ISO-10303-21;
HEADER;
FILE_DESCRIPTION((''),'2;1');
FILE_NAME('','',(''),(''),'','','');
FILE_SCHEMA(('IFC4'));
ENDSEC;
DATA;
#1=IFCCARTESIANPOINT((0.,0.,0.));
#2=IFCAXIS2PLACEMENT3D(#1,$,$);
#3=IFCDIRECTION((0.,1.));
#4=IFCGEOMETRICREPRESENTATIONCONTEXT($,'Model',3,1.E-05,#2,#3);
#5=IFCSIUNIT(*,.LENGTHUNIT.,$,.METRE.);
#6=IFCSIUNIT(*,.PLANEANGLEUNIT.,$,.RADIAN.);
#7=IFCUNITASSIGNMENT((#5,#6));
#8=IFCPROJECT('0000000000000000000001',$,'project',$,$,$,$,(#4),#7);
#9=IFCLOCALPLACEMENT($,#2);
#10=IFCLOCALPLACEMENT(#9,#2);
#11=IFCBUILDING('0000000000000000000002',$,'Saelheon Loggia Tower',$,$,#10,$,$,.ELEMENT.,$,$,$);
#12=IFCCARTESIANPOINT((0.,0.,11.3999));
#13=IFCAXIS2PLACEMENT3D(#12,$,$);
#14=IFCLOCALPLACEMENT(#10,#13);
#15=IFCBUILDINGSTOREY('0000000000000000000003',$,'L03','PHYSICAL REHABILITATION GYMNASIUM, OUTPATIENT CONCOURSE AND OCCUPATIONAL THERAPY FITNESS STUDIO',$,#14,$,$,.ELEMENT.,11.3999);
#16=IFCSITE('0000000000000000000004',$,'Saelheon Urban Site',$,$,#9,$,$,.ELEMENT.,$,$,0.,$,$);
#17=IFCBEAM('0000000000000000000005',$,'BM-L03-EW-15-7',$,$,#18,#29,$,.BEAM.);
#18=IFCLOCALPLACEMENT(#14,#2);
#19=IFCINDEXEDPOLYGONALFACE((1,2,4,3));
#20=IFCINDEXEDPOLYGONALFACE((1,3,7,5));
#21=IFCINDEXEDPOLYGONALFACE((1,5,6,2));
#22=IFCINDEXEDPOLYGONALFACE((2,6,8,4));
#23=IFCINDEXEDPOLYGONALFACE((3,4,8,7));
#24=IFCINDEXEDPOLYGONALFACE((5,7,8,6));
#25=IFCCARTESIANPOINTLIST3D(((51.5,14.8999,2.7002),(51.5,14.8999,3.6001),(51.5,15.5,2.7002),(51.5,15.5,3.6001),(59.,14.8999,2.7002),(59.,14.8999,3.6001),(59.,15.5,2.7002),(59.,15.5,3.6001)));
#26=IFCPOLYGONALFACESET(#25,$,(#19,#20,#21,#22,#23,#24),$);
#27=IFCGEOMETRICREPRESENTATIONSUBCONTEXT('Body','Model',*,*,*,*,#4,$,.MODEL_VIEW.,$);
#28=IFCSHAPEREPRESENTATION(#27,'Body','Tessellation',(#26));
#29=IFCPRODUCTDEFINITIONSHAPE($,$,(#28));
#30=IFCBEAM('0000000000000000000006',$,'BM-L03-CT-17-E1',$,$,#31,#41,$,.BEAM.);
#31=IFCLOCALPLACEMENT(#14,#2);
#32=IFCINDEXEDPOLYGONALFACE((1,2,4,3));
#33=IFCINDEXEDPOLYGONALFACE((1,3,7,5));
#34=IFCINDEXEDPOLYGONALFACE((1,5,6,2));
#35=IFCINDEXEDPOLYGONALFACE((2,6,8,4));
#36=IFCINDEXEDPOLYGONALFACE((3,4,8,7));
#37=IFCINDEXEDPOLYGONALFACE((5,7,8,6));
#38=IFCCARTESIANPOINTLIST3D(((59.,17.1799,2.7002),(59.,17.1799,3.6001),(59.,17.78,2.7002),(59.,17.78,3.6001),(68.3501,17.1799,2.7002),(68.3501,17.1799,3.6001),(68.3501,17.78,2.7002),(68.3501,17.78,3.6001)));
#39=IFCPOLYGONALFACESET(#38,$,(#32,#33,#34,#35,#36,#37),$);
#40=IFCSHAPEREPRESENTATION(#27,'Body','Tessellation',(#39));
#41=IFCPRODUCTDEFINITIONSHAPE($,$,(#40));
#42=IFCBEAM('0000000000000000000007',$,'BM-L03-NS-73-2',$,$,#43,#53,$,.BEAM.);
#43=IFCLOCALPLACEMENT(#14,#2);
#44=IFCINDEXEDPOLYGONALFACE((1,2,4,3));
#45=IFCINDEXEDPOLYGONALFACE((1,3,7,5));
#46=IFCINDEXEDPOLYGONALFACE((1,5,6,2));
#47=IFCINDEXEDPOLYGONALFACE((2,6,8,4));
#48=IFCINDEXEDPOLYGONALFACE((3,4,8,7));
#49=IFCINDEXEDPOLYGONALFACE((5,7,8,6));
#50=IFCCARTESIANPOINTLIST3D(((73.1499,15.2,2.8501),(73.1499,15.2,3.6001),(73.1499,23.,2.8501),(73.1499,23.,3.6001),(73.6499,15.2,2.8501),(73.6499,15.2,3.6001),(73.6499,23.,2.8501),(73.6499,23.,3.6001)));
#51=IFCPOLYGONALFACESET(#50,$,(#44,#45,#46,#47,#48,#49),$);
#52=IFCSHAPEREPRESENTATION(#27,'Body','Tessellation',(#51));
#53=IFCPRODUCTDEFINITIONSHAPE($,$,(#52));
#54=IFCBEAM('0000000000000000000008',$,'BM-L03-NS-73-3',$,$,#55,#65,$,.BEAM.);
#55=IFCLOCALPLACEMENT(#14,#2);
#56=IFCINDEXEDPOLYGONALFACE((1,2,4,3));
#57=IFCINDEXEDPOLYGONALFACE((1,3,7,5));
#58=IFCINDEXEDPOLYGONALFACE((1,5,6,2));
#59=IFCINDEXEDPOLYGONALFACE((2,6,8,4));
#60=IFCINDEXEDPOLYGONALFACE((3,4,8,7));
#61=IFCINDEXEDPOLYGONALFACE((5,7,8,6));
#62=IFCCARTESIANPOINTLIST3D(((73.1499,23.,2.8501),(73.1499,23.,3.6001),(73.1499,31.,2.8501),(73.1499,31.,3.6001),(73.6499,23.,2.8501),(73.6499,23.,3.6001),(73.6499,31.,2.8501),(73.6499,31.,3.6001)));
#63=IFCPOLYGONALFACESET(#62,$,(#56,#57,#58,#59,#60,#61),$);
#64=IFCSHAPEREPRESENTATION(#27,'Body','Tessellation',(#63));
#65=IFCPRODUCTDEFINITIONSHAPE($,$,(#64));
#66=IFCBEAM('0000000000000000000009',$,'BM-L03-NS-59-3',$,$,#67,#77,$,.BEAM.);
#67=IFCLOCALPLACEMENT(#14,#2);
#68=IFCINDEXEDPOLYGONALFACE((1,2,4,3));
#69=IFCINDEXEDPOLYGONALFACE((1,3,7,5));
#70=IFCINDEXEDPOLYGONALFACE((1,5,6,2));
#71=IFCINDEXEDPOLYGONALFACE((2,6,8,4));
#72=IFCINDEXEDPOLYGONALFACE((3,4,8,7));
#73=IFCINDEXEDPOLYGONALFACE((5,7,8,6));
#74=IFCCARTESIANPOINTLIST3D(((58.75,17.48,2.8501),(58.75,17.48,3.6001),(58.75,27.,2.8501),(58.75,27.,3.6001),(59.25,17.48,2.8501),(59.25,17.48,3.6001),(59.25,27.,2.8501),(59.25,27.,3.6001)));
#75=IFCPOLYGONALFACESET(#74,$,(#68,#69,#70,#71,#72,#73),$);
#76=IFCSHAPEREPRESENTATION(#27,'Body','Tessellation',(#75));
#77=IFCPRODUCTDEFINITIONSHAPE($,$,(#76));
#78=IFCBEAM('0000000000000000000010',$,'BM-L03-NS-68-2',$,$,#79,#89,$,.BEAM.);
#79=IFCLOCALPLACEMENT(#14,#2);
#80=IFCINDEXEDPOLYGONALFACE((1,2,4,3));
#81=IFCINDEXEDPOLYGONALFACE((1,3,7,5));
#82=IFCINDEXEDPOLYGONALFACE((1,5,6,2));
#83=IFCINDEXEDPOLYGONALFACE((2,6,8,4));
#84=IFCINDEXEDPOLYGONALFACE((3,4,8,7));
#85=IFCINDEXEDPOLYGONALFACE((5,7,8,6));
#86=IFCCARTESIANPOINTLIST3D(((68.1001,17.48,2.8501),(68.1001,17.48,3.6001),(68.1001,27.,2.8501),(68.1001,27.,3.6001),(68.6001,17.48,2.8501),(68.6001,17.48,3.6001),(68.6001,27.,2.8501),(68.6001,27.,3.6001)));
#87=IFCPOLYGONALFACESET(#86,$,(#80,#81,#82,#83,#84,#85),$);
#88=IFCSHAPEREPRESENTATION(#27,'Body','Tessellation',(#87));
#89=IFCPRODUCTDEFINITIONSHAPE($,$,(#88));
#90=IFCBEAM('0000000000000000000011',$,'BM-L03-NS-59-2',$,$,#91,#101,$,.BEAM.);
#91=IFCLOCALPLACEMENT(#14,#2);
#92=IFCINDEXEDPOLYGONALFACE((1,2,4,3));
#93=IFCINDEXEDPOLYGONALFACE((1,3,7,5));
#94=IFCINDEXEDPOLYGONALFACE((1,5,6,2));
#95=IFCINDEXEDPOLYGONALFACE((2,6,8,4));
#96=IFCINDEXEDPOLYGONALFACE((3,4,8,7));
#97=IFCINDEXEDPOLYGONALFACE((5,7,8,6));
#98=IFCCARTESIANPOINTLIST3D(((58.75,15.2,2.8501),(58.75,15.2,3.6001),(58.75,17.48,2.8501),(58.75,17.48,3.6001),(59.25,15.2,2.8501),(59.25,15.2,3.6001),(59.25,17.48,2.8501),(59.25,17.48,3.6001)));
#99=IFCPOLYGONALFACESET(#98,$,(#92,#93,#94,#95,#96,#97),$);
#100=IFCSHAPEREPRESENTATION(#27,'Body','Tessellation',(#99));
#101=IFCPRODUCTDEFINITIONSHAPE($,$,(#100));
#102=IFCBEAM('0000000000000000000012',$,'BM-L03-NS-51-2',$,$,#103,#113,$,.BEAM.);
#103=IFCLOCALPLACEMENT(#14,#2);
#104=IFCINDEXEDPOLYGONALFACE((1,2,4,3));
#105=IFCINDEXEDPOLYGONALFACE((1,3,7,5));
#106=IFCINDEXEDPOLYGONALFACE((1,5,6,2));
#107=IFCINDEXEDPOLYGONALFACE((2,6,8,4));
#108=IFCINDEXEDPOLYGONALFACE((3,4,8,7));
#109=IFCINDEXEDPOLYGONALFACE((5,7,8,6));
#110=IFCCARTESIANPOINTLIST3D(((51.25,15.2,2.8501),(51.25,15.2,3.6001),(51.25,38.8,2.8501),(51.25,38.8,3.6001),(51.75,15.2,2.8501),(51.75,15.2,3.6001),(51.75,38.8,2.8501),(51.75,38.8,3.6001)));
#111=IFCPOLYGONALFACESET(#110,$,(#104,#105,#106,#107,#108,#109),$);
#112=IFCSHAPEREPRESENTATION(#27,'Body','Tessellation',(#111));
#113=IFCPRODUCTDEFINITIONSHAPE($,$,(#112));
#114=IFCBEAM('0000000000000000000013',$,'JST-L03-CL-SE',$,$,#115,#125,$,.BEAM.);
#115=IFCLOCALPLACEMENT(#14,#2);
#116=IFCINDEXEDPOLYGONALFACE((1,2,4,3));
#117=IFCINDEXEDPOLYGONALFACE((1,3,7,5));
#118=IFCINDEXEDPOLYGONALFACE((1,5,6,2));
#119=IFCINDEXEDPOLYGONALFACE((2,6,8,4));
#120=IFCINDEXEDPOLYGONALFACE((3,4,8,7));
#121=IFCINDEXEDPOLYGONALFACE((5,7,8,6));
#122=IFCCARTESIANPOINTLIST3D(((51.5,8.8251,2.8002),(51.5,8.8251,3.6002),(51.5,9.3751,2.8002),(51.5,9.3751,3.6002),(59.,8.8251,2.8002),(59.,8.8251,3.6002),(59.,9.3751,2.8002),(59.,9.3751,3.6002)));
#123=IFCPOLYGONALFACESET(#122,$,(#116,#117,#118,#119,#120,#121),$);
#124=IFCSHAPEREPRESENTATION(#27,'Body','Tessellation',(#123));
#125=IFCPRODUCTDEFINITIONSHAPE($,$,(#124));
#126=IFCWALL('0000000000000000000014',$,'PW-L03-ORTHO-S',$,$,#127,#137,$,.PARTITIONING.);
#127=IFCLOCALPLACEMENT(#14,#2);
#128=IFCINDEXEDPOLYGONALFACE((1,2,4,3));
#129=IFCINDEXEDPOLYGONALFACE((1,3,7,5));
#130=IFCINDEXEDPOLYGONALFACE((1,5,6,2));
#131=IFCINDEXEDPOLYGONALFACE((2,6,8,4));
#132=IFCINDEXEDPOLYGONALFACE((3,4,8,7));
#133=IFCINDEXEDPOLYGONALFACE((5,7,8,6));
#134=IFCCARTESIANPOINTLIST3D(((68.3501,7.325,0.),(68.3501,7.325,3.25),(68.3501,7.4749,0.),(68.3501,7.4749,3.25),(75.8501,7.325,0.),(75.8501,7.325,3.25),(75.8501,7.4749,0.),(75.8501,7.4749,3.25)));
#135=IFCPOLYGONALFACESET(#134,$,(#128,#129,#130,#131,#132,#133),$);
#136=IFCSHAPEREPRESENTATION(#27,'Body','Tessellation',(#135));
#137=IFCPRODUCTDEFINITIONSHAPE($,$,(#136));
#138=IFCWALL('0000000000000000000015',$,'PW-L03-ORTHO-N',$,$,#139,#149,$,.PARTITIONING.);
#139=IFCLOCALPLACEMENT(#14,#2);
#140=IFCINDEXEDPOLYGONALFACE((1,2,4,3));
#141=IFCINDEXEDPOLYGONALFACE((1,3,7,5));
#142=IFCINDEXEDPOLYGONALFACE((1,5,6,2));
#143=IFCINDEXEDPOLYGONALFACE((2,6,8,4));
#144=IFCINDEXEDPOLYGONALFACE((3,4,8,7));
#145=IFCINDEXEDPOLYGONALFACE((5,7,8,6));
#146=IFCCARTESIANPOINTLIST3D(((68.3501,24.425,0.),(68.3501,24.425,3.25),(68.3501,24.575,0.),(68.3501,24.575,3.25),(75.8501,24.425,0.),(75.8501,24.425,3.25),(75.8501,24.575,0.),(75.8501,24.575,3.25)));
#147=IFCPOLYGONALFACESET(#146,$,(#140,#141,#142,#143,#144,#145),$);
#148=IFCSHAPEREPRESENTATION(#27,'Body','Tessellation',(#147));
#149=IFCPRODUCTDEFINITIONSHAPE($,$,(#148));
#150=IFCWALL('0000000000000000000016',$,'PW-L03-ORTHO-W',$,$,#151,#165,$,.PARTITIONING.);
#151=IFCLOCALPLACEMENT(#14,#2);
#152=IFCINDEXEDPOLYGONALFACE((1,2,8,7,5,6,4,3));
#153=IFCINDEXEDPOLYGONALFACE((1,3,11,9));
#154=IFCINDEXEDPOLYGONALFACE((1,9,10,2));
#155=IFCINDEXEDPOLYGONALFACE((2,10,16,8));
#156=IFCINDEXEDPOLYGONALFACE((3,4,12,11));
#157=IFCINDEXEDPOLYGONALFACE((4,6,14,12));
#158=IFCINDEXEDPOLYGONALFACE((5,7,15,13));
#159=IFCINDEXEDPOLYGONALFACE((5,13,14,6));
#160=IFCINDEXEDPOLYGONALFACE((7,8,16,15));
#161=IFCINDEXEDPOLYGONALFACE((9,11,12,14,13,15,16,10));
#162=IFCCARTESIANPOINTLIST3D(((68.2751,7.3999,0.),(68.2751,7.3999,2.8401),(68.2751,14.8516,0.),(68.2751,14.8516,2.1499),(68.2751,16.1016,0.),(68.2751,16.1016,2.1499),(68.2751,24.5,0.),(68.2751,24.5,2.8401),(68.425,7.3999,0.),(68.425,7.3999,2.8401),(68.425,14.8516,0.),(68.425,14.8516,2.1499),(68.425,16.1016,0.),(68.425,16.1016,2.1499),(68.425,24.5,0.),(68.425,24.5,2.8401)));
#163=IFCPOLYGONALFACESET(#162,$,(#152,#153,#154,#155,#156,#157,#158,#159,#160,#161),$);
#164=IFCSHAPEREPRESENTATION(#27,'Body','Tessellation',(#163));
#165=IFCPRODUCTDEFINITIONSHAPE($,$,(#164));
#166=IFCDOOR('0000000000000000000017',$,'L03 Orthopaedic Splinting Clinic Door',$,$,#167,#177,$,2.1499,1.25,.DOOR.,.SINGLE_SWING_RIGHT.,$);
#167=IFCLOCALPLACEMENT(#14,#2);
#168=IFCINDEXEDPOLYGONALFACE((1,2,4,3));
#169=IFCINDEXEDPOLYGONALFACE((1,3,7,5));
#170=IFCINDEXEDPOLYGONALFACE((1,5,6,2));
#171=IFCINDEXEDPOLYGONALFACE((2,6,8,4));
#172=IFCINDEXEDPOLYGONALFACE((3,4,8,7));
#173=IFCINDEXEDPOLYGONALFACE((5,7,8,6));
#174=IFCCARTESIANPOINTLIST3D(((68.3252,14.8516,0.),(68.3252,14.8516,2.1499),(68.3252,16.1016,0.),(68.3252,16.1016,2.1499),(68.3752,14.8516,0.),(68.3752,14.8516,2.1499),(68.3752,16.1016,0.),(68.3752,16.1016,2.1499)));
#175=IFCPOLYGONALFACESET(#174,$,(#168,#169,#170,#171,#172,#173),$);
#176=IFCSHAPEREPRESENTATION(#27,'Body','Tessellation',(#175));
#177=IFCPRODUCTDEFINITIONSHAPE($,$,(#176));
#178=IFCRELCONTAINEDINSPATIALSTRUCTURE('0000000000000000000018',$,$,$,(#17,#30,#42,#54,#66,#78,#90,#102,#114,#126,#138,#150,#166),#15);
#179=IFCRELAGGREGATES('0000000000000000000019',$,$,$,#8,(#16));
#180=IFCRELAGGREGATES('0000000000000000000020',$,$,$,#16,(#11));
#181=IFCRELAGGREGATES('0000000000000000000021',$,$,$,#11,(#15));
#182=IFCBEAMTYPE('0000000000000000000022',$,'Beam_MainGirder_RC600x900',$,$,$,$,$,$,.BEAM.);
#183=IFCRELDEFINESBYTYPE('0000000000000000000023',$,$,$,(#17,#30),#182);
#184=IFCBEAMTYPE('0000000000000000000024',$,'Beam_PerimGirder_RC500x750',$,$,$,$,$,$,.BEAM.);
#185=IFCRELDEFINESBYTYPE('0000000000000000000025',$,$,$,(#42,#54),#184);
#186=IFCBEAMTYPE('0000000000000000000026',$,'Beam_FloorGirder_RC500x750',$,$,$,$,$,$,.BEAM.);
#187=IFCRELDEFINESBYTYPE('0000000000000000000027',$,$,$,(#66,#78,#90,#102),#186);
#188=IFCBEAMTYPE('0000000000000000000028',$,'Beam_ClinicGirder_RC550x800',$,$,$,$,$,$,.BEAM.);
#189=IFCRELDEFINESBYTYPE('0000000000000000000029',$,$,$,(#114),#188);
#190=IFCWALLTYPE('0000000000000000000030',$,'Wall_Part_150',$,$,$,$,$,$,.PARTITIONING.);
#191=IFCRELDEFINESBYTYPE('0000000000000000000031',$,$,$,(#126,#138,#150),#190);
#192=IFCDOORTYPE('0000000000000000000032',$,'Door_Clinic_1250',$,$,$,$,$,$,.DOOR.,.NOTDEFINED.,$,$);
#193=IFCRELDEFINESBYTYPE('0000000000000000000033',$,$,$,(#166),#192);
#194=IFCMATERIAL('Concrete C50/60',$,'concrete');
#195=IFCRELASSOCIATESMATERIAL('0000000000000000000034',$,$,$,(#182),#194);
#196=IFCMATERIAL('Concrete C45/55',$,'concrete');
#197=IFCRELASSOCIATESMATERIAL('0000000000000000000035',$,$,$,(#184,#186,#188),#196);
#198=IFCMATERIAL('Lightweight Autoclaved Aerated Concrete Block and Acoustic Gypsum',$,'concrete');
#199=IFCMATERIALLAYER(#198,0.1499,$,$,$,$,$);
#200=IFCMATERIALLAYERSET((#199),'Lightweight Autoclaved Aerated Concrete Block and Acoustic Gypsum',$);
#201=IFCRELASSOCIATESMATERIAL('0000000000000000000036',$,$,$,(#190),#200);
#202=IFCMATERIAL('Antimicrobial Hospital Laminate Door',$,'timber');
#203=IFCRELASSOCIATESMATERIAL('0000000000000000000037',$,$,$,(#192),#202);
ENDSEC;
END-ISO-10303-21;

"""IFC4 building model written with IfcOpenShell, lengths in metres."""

from ifc_helpers import new_model, si_unit, direction, frame, frame_2d, origin, origin_2d, place, context, subcontext, project, spatial, rectangle, extrude, source, transform, mapped, material, layer, layer_set, material_profile, profile_set, type_object, element, fill, save


model = new_model("IFC4")

# Units and contexts
model_context = context("Model", 3, precision=1e-05, world=origin(), true_north=direction((0.0, 1.0)))
body_context = subcontext(model_context, "Body", "Model", "MODEL_VIEW")
ifc_project = project(units=[si_unit("LENGTHUNIT", "METRE"), si_unit("PLANEANGLEUNIT", "RADIAN")], contexts=[model_context])

# Site, building, storey
site_placement = place(None, origin())
site = spatial("IfcSite", under=ifc_project, at=site_placement, Name="Saelheon Urban Site", CompositionType="ELEMENT", RefElevation=0.0)
building_placement = place(site_placement, origin())
building = spatial("IfcBuilding", under=site, at=building_placement, Name="Saelheon Loggia Tower", CompositionType="ELEMENT")
storey_placement = place(building_placement, frame((0.0, 0.0, 11.3999)))
storey = spatial("IfcBuildingStorey", under=building, at=storey_placement, Name="L03", Description="PHYSICAL REHABILITATION GYMNASIUM, OUTPATIENT CONCOURSE AND OCCUPATIONAL THERAPY FITNESS STUDIO", CompositionType="ELEMENT", Elevation=11.3999)

# Shared definitions
ifc_material_1 = material(Name="Concrete C50/60", Category="concrete")
ifc_material_2 = material(Name="Concrete C45/55", Category="concrete")

# Beams
ifc_material_profile_1 = material_profile(ifc_material_1, rectangle(XDim=0.6001, YDim=0.8999, at=origin_2d()), Name="RC-600x900")
ifc_profile_set_1 = profile_set([ifc_material_profile_1], Name="Concrete C50/60")
beam_type_1 = type_object("IfcBeamType", Name="Beam_MainGirder_RC600x900", PredefinedType="BEAM", material=ifc_profile_set_1)
shared_shape_1 = source(origin(), body_context, "Body", "SweptSolid", [
    extrude(rectangle(XDim=0.6001, YDim=0.8999, at=origin_2d()), origin(), (0.0, 0.0, 1.0), 7.5),
])
beam_1_placement = place(storey_placement, frame((51.5, 15.2, 3.1501), z_axis=(1.0, 0.0, 0.0), x_axis=(0.0, 1.0, 0.0)))
element("IfcBeam", 1, at=beam_1_placement, inside=storey, type_object=beam_type_1, Name="BM-L03-EW-15-7", PredefinedType="BEAM", context=body_context, shape_type="MappedRepresentation", body=[
    mapped(shared_shape_1, transform((0.0, 0.0, 0.0), scale=1.0)),
])
shared_shape_2 = source(origin(), body_context, "Body", "SweptSolid", [
    extrude(rectangle(XDim=0.6001, YDim=0.8999, at=origin_2d()), origin(), (0.0, 0.0, 1.0), 9.3501),
])
beam_2_placement = place(storey_placement, frame((59.0, 17.48, 3.1501), z_axis=(1.0, 0.0, 0.0), x_axis=(0.0, 1.0, 0.0)))
element("IfcBeam", 2, at=beam_2_placement, inside=storey, type_object=beam_type_1, Name="BM-L03-CT-17-E1", PredefinedType="BEAM", context=body_context, shape_type="MappedRepresentation", body=[
    mapped(shared_shape_2, transform((0.0, 0.0, 0.0), scale=1.0)),
])
ifc_material_profile_2 = material_profile(ifc_material_2, rectangle(XDim=0.5, YDim=0.75, at=origin_2d()), Name="RC-500x750")
ifc_profile_set_2 = profile_set([ifc_material_profile_2], Name="Concrete C45/55")
beam_type_2 = type_object("IfcBeamType", Name="Beam_PerimGirder_RC500x750", PredefinedType="BEAM", material=ifc_profile_set_2)
shared_shape_3 = source(origin(), body_context, "Body", "SweptSolid", [
    extrude(rectangle(XDim=0.5, YDim=0.75, at=origin_2d()), origin(), (0.0, 0.0, 1.0), 7.8),
])
beam_3_placement = place(storey_placement, frame((73.3999, 15.2, 3.2251), z_axis=(0.0, 1.0, 0.0), x_axis=(-1.0, 0.0, 0.0)))
element("IfcBeam", 3, at=beam_3_placement, inside=storey, type_object=beam_type_2, Name="BM-L03-NS-73-2", PredefinedType="BEAM", context=body_context, shape_type="MappedRepresentation", body=[
    mapped(shared_shape_3, transform((0.0, 0.0, 0.0), scale=1.0)),
])
shared_shape_4 = source(origin(), body_context, "Body", "SweptSolid", [
    extrude(rectangle(XDim=0.5, YDim=0.75, at=origin_2d()), origin(), (0.0, 0.0, 1.0), 8.0),
])
beam_4_placement = place(storey_placement, frame((73.3999, 23.0, 3.2251), z_axis=(0.0, 1.0, 0.0), x_axis=(-1.0, 0.0, 0.0)))
element("IfcBeam", 4, at=beam_4_placement, inside=storey, type_object=beam_type_2, Name="BM-L03-NS-73-3", PredefinedType="BEAM", context=body_context, shape_type="MappedRepresentation", body=[
    mapped(shared_shape_4, transform((0.0, 0.0, 0.0), scale=1.0)),
])
ifc_material_profile_3 = material_profile(ifc_material_2, rectangle(XDim=0.5, YDim=0.75, at=origin_2d()), Name="RC-500x750")
ifc_profile_set_3 = profile_set([ifc_material_profile_3], Name="Concrete C45/55")
beam_type_3 = type_object("IfcBeamType", Name="Beam_FloorGirder_RC500x750", PredefinedType="BEAM", material=ifc_profile_set_3)
shared_shape_5 = source(origin(), body_context, "Body", "SweptSolid", [
    extrude(rectangle(XDim=0.5, YDim=0.75, at=origin_2d()), origin(), (0.0, 0.0, 1.0), 9.52),
])
for number, where, z_axis, x_axis, name in (
    (5, (59.0, 17.48, 3.2251), (0.0, 1.0, 0.0), (-1.0, 0.0, 0.0), "BM-L03-NS-59-3"),
    (6, (68.3501, 17.48, 3.2251), (0.0, 1.0, 0.0), (-1.0, 0.0, 0.0), "BM-L03-NS-68-2"),
):
    element("IfcBeam", number, at=place(storey_placement, frame(where, z_axis=z_axis, x_axis=x_axis)), inside=storey, type_object=beam_type_3, Name=name, PredefinedType="BEAM", context=body_context, shape_type="MappedRepresentation", body=[
        mapped(shared_shape_5, transform((0.0, 0.0, 0.0), scale=1.0)),
    ])
shared_shape_6 = source(origin(), body_context, "Body", "SweptSolid", [
    extrude(rectangle(XDim=0.5, YDim=0.75, at=origin_2d()), origin(), (0.0, 0.0, 1.0), 2.28),
])
beam_5_placement = place(storey_placement, frame((59.0, 15.2, 3.2251), z_axis=(0.0, 1.0, 0.0), x_axis=(-1.0, 0.0, 0.0)))
element("IfcBeam", 7, at=beam_5_placement, inside=storey, type_object=beam_type_3, Name="BM-L03-NS-59-2", PredefinedType="BEAM", context=body_context, shape_type="MappedRepresentation", body=[
    mapped(shared_shape_6, transform((0.0, 0.0, 0.0), scale=1.0)),
])
shared_shape_7 = source(origin(), body_context, "Body", "SweptSolid", [
    extrude(rectangle(XDim=0.5, YDim=0.75, at=origin_2d()), origin(), (0.0, 0.0, 1.0), 23.6001),
])
beam_6_placement = place(storey_placement, frame((51.5, 15.2, 3.2251), z_axis=(0.0, 1.0, 0.0), x_axis=(-1.0, 0.0, 0.0)))
element("IfcBeam", 8, at=beam_6_placement, inside=storey, type_object=beam_type_3, Name="BM-L03-NS-51-2", PredefinedType="BEAM", context=body_context, shape_type="MappedRepresentation", body=[
    mapped(shared_shape_7, transform((0.0, 0.0, 0.0), scale=1.0)),
])
ifc_material_profile_4 = material_profile(ifc_material_2, rectangle(XDim=0.55, YDim=0.8, at=origin_2d()), Name="RC-550x800")
ifc_profile_set_4 = profile_set([ifc_material_profile_4], Name="Concrete C45/55")
beam_type_4 = type_object("IfcBeamType", Name="Beam_ClinicGirder_RC550x800", PredefinedType="BEAM", material=ifc_profile_set_4)
shared_shape_8 = source(origin(), body_context, "Body", "SweptSolid", [
    extrude(rectangle(XDim=0.55, YDim=0.8, at=origin_2d()), origin(), (0.0, 0.0, 1.0), 7.5),
])
beam_7_placement = place(storey_placement, frame((51.5, 9.1001, 3.2002), z_axis=(1.0, 0.0, 0.0), x_axis=(0.0, 1.0, 0.0)))
element("IfcBeam", 9, at=beam_7_placement, inside=storey, type_object=beam_type_4, Name="JST-L03-CL-SE", PredefinedType="BEAM", context=body_context, shape_type="MappedRepresentation", body=[
    mapped(shared_shape_8, transform((0.0, 0.0, 0.0), scale=1.0)),
])

# Walls
ifc_material_3 = material(Name="Lightweight Autoclaved Aerated Concrete Block and Acoustic Gypsum", Category="concrete")
ifc_layer = layer(ifc_material_3, 0.1499)
ifc_layer_set = layer_set([ifc_layer], Name="Lightweight Autoclaved Aerated Concrete Block and Acoustic Gypsum")
wall_type = type_object("IfcWallType", Name="Wall_Part_150", PredefinedType="PARTITIONING", material=ifc_layer_set)
for number, where, z_axis, x_axis, name in (
    (10, (68.3501, 7.3999, 0.0), (0.0, 0.0, 1.0), (1.0, 0.0, 0.0), "PW-L03-ORTHO-S"),
    (11, (68.3501, 24.5, 0.0), (0.0, 0.0, 1.0), (1.0, 0.0, 0.0), "PW-L03-ORTHO-N"),
):
    element("IfcWall", number, at=place(storey_placement, frame(where, z_axis=z_axis, x_axis=x_axis)), inside=storey, type_object=wall_type, Name=name, PredefinedType="PARTITIONING", context=body_context, shape_type="SweptSolid", body=[
        extrude(rectangle(XDim=7.5, YDim=0.1499, at=frame_2d((3.75, 0.0))), origin(), (0.0, 0.0, 1.0), 3.25),
    ])

# Wall, opening, door
wall_1_placement = place(storey_placement, frame((68.3501, 7.3999, 0.0), z_axis=(0.0, 0.0, 1.0), x_axis=(0.0, 1.0, 0.0)))
wall_1 = element("IfcWall", 12, at=wall_1_placement, inside=storey, type_object=wall_type, Name="PW-L03-ORTHO-W", PredefinedType="PARTITIONING", context=body_context, shape_type="SweptSolid", body=[
    extrude(rectangle(XDim=17.1001, YDim=0.1499, at=frame_2d((8.55, 0.0))), origin(), (0.0, 0.0, 1.0), 2.8401),
])
opening_1_placement = place(wall_1_placement, frame((7.4517, 0.0, 0.0)))
opening_1 = element("IfcOpeningElement", 13, at=opening_1_placement, cuts=wall_1, PredefinedType="OPENING", context=body_context, shape_type="SweptSolid", body=[
    extrude(rectangle(XDim=1.25, YDim=2.1499, at=frame_2d((0.625, 1.075))), frame((0.0, 0.0869, 0.0), z_axis=(0.0, -1.0, 0.0), x_axis=(1.0, 0.0, 0.0)), (0.0, 0.0, 1.0), 0.1738),
])
ifc_material_4 = material(Name="Antimicrobial Hospital Laminate Door", Category="timber")
door_type = type_object("IfcDoorType", Name="Door_Clinic_1250", OperationType="NOTDEFINED", PredefinedType="DOOR", material=ifc_material_4)
shared_shape_9 = source(origin(), body_context, "Body", "SweptSolid", [
    extrude(rectangle(XDim=1.25, YDim=2.1499, at=frame_2d((0.625, 1.075))), frame((0.0, 0.0249, 0.0), z_axis=(0.0, -1.0, 0.0), x_axis=(1.0, 0.0, 0.0)), (0.0, 0.0, 1.0), 0.05),
])
door_1_placement = place(opening_1_placement, origin())
door_1 = element("IfcDoor", 14, at=door_1_placement, inside=storey, type_object=door_type, Name="L03 Orthopaedic Splinting Clinic Door", OperationType="SINGLE_SWING_RIGHT", OverallHeight=2.1499, OverallWidth=1.25, PredefinedType="DOOR", context=body_context, shape_type="MappedRepresentation", body=[
    mapped(shared_shape_9, transform((0.0, 0.0, 0.0), scale=1.0)),
])
fill(opening_1, door_1)

save(model, "model.ifc")
